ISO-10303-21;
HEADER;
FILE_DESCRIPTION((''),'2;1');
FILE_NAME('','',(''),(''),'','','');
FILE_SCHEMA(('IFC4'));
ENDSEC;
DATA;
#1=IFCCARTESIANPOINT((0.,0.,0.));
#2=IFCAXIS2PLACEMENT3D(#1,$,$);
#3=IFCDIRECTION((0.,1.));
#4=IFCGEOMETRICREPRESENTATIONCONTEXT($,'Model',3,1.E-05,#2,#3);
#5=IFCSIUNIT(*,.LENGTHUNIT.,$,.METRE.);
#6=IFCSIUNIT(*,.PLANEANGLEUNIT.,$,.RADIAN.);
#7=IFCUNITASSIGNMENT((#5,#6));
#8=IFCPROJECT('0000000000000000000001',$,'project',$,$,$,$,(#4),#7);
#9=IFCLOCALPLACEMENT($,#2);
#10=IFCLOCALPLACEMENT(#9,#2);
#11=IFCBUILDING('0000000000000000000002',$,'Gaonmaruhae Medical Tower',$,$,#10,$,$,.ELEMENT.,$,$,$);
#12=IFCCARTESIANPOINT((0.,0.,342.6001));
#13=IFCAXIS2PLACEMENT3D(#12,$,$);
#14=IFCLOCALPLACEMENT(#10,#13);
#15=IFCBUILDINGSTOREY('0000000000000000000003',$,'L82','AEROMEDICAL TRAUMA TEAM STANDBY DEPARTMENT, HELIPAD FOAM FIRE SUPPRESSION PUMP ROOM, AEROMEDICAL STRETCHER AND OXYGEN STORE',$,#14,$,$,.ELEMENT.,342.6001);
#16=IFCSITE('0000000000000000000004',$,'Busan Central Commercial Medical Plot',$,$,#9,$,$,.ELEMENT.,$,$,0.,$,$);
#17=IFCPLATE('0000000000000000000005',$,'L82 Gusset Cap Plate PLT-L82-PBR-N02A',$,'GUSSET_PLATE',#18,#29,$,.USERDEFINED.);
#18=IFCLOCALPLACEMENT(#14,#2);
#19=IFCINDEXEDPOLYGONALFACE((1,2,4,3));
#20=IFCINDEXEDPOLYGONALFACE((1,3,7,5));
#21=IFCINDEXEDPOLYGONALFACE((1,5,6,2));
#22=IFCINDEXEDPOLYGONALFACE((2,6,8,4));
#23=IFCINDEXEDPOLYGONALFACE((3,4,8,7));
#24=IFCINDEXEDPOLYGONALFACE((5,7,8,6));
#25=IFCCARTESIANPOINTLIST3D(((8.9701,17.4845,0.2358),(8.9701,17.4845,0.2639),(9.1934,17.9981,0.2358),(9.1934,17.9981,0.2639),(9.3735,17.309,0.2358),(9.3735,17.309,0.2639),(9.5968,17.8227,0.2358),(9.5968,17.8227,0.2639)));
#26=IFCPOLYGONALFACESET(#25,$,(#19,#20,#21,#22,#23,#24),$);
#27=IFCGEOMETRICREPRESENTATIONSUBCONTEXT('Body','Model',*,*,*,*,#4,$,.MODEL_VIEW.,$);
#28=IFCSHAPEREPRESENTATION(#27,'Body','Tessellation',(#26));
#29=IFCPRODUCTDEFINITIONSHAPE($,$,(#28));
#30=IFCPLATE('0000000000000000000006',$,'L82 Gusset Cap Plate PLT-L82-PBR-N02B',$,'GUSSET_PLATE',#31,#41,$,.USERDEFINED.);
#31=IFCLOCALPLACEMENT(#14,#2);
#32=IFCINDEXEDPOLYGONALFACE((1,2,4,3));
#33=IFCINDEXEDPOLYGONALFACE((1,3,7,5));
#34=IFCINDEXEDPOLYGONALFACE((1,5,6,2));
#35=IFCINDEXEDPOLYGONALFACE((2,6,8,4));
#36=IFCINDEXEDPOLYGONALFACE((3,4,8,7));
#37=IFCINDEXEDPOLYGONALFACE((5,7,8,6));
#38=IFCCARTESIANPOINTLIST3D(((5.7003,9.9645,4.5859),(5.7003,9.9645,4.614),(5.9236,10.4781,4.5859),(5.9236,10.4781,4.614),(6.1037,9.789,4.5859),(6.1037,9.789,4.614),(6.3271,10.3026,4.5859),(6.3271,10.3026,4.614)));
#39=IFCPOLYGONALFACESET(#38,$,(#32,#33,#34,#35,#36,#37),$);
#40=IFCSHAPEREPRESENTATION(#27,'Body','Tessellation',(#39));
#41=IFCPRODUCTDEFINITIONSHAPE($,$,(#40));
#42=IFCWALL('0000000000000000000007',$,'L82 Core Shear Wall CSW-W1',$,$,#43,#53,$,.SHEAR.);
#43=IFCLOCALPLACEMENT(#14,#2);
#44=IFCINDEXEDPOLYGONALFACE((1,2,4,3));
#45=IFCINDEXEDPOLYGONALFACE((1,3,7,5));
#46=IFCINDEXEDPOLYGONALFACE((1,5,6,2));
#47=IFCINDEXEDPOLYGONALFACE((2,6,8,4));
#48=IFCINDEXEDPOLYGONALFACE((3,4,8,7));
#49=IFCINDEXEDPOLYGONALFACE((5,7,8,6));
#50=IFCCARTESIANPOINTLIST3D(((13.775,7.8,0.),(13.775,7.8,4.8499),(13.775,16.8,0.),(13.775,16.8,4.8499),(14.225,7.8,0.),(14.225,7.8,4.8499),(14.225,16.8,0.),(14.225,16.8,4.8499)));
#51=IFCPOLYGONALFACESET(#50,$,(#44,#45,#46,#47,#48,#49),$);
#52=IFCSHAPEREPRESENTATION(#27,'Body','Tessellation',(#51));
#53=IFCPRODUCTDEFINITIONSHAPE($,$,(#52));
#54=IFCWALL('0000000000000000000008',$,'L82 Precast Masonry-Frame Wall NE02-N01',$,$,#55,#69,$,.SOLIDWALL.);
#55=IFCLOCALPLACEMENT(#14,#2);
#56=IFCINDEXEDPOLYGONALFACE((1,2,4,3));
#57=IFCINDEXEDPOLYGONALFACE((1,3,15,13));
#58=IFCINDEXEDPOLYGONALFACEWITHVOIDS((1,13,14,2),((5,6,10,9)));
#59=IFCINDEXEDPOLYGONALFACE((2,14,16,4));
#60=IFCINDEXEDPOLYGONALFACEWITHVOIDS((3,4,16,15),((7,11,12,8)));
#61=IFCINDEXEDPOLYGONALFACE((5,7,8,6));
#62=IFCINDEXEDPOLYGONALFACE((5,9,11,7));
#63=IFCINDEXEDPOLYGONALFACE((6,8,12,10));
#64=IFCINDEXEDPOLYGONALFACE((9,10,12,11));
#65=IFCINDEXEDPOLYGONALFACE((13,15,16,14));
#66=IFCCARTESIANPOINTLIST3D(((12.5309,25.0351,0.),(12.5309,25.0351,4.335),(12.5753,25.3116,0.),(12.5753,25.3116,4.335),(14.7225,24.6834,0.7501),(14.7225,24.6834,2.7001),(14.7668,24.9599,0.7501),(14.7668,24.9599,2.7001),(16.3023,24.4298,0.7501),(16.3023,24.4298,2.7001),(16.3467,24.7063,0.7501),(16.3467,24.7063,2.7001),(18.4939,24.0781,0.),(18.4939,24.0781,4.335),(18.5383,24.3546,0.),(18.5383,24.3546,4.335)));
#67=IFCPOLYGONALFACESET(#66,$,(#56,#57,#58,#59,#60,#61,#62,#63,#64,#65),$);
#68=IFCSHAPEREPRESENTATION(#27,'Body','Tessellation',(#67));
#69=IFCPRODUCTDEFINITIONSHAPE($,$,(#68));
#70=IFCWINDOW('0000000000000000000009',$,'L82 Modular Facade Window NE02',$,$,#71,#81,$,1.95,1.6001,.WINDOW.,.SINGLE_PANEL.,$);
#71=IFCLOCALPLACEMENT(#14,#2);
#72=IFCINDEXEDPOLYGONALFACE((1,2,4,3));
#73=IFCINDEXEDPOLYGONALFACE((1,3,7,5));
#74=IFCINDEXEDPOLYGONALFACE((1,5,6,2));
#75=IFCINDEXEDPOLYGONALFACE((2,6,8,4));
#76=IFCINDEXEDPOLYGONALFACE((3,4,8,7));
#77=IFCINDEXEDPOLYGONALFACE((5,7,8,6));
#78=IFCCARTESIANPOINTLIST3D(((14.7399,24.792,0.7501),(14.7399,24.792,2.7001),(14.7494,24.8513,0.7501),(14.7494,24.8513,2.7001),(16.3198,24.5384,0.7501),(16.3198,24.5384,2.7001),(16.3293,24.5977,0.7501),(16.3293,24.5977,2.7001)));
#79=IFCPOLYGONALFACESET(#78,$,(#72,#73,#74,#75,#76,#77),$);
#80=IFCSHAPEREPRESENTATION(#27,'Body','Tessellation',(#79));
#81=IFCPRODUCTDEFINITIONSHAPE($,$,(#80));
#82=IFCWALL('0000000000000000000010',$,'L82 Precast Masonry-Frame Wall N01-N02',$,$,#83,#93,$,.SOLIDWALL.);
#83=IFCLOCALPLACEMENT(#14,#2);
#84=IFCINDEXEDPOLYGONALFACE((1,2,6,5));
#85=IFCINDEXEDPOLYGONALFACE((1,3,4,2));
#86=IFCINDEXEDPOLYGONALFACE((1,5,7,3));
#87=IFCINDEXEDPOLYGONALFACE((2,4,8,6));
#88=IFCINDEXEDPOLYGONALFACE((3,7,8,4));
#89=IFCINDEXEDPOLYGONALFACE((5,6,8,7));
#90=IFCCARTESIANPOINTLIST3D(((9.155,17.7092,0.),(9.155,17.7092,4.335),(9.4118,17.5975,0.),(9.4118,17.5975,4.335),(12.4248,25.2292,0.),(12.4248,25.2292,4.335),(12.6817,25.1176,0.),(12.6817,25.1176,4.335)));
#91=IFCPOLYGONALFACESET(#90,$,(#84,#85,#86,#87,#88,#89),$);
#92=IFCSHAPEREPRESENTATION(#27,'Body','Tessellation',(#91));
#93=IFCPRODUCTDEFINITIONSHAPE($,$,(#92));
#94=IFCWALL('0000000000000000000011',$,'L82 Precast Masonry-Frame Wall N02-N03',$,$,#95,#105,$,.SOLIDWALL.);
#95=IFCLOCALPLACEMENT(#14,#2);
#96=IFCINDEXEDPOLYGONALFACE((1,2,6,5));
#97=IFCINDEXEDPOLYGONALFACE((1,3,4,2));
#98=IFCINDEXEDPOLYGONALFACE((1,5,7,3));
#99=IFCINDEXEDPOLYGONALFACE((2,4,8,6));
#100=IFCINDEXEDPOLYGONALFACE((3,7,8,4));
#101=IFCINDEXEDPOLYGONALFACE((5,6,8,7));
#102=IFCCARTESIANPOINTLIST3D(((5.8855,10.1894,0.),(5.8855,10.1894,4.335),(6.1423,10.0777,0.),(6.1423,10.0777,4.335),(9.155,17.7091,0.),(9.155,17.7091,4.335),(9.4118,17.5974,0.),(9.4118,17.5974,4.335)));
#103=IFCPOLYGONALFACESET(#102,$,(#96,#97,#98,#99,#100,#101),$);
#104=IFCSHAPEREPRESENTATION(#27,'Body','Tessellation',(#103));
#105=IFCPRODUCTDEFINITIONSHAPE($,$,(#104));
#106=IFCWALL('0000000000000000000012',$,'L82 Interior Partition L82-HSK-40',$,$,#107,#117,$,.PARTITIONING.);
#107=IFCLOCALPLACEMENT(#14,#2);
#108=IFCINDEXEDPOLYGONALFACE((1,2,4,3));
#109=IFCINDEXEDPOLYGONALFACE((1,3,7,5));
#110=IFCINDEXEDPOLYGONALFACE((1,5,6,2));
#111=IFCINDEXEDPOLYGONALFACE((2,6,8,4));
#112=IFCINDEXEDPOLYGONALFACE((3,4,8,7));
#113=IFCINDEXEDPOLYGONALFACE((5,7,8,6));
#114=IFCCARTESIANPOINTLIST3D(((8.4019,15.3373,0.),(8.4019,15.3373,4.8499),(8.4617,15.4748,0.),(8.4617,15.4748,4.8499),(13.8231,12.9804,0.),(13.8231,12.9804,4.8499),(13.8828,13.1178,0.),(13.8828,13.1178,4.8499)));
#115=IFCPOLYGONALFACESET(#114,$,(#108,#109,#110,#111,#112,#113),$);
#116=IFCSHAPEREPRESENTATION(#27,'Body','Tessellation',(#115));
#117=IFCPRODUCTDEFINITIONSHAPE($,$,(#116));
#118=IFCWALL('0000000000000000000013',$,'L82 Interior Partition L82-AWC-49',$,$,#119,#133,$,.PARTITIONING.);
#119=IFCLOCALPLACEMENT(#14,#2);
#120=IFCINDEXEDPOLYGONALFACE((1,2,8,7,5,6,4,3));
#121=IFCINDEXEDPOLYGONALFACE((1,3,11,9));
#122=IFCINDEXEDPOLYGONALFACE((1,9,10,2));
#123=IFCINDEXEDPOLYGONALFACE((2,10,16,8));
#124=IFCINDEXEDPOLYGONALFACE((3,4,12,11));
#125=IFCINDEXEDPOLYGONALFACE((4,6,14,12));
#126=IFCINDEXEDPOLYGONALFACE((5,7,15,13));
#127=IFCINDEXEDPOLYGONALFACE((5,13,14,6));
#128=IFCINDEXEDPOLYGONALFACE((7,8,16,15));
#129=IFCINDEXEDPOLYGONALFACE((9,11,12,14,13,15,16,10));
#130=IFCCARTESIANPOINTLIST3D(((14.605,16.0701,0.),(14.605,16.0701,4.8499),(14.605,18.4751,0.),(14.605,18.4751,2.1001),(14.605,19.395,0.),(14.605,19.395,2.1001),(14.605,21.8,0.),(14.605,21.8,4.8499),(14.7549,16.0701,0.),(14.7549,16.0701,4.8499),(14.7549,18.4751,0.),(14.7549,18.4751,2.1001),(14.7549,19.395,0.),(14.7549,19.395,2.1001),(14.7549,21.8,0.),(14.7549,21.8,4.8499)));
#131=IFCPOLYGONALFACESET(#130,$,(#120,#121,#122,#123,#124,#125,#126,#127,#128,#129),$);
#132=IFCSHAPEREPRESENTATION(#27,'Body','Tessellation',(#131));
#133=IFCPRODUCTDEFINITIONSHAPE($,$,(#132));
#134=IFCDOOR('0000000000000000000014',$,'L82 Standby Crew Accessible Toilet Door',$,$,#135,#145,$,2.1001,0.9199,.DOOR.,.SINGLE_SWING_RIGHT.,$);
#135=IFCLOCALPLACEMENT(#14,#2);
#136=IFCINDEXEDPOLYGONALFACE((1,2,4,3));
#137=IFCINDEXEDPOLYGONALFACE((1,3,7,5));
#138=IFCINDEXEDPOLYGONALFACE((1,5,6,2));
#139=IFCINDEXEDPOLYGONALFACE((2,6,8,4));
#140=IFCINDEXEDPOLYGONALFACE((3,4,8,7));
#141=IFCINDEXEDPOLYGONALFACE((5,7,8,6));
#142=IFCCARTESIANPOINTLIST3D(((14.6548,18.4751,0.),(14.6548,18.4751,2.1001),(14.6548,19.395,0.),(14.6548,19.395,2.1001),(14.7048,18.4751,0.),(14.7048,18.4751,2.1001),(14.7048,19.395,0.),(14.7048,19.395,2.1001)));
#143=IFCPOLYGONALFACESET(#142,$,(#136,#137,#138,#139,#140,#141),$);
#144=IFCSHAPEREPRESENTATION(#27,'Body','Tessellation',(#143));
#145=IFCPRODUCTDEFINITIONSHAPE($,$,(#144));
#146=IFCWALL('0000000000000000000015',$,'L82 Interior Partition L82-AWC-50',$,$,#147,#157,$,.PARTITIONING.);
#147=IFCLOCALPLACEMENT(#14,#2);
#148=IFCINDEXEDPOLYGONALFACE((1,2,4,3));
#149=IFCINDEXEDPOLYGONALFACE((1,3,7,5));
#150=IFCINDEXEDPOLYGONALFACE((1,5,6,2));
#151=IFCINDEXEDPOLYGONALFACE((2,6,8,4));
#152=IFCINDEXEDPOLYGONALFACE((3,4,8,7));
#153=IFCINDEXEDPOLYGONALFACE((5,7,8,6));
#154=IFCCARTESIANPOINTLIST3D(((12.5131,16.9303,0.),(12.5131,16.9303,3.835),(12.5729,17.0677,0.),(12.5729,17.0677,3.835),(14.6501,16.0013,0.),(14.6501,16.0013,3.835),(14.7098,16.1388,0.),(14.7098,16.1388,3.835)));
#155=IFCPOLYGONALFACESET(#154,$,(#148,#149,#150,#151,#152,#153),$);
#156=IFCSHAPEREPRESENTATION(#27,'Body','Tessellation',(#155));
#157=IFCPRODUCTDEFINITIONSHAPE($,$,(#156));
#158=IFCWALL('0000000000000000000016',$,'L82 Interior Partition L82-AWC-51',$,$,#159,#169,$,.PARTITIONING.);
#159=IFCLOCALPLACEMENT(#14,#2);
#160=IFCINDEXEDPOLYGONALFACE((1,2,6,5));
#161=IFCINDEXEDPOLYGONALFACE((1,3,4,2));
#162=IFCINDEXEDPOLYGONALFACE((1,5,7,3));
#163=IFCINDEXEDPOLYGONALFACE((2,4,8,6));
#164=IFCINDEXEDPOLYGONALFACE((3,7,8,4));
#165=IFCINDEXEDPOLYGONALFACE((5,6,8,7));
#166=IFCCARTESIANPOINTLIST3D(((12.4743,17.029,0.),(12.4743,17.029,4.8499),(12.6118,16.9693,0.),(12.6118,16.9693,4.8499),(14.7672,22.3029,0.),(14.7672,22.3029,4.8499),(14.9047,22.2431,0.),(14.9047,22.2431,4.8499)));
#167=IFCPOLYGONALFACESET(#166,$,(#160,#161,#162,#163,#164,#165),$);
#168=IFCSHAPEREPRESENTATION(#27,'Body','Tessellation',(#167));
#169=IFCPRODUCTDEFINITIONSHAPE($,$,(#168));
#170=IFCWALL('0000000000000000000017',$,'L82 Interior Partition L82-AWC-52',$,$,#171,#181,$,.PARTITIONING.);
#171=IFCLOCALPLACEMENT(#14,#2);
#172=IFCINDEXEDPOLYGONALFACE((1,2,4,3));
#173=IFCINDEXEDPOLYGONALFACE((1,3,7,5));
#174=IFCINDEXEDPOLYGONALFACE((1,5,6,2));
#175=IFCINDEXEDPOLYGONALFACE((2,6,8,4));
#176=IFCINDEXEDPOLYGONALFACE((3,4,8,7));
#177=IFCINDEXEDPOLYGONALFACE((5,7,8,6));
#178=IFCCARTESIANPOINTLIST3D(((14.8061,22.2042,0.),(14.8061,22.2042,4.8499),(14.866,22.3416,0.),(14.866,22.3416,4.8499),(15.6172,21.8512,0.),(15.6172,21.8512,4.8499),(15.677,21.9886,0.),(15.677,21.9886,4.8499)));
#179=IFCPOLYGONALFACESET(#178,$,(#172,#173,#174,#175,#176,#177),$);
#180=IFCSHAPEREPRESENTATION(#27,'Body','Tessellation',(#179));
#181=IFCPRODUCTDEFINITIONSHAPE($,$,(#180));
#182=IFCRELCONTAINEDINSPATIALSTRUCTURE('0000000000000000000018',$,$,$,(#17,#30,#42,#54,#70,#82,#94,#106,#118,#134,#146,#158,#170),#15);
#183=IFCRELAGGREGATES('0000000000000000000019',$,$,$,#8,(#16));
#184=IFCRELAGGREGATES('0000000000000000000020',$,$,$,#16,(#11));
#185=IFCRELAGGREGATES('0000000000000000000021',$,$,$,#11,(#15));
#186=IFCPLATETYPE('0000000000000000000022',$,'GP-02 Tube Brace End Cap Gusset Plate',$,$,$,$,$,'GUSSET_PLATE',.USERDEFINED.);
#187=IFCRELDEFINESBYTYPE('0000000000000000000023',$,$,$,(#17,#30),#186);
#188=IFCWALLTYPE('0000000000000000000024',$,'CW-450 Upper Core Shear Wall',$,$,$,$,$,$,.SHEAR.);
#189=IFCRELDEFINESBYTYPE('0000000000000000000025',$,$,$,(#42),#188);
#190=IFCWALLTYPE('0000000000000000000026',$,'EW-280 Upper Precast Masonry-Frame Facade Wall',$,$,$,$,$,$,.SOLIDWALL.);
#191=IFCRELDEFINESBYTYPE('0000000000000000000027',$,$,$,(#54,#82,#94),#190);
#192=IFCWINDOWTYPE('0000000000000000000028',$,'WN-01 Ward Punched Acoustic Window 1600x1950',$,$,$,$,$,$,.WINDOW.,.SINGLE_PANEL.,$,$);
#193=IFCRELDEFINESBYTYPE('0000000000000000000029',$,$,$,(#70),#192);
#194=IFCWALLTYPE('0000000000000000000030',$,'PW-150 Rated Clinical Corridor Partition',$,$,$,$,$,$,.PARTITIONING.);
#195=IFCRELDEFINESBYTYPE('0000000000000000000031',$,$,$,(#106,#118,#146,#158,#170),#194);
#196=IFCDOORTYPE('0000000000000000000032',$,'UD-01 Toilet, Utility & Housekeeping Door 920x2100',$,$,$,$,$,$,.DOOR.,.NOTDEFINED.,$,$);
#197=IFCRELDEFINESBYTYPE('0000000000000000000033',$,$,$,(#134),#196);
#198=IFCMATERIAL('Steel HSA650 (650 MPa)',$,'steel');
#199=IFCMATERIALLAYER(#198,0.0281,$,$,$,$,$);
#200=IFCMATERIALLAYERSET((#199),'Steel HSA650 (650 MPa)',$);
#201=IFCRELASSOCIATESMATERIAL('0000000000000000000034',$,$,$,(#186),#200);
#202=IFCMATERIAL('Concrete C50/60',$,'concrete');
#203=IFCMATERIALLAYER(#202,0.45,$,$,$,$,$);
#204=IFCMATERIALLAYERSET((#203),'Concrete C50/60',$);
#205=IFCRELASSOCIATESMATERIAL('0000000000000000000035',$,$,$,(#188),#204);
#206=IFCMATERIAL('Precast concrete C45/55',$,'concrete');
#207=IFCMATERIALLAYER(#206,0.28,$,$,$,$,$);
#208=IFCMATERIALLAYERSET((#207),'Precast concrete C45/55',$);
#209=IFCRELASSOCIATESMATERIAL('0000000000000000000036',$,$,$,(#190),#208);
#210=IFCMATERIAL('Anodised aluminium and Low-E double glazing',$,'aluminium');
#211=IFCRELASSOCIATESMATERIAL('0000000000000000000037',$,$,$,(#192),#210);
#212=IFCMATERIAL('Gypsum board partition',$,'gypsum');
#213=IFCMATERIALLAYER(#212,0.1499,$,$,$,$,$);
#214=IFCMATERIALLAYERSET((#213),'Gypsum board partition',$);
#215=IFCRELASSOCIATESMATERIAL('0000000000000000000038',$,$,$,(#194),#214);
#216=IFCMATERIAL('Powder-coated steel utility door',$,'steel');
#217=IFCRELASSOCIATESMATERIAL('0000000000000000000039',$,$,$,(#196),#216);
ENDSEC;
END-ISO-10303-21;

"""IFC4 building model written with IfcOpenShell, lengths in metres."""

from ifc_helpers import new_model, si_unit, direction, frame, frame_2d, origin, origin_2d, place, context, subcontext, project, spatial, rectangle, extrude, material, layer, layer_set, type_object, element, fill, save


model = new_model("IFC4")

# Units and contexts
model_context = context("Model", 3, precision=1e-05, world=origin(), true_north=direction((0.0, 1.0)))
body_context = subcontext(model_context, "Body", "Model", "MODEL_VIEW")
ifc_project = project(units=[si_unit("LENGTHUNIT", "METRE"), si_unit("PLANEANGLEUNIT", "RADIAN")], contexts=[model_context])

# Site, building, storey
site_placement = place(None, origin())
site = spatial("IfcSite", under=ifc_project, at=site_placement, Name="Busan Central Commercial Medical Plot", CompositionType="ELEMENT", RefElevation=0.0)
building_placement = place(site_placement, origin())
building = spatial("IfcBuilding", under=site, at=building_placement, Name="Gaonmaruhae Medical Tower", CompositionType="ELEMENT")
storey_placement = place(building_placement, frame((0.0, 0.0, 342.6001)))
storey = spatial("IfcBuildingStorey", under=building, at=storey_placement, Name="L82", Description="AEROMEDICAL TRAUMA TEAM STANDBY DEPARTMENT, HELIPAD FOAM FIRE SUPPRESSION PUMP ROOM, AEROMEDICAL STRETCHER AND OXYGEN STORE", CompositionType="ELEMENT", Elevation=342.6001)

# Shared definitions
ifc_material_1 = material(Name="Concrete C50/60", Category="concrete")

# Plates
ifc_material_2 = material(Name="Steel HSA650 (650 MPa)", Category="steel")
ifc_layer_1 = layer(ifc_material_2, 0.0281)
ifc_layer_set_1 = layer_set([ifc_layer_1], Name="Steel HSA650 (650 MPa)")
plate_type = type_object("IfcPlateType", Name="GP-02 Tube Brace End Cap Gusset Plate", ElementType="GUSSET_PLATE", PredefinedType="USERDEFINED", material=ifc_layer_set_1)
for number, where, z_axis, x_axis, name in (
    (1, (9.2834, 17.6536, 0.2358), (0.0, 0.0, 1.0), (0.398749, 0.91706, 0.0), "L82 Gusset Cap Plate PLT-L82-PBR-N02A"),
    (2, (6.0137, 10.1335, 4.5859), (0.0, 0.0, 1.0), (0.398749, 0.91706, 0.0), "L82 Gusset Cap Plate PLT-L82-PBR-N02B"),
):
    element("IfcPlate", number, at=place(storey_placement, frame(where, z_axis=z_axis, x_axis=x_axis)), inside=storey, type_object=plate_type, Name=name, ObjectType="GUSSET_PLATE", PredefinedType="USERDEFINED", context=body_context, shape_type="SweptSolid", body=[
        extrude(rectangle(XDim=0.5601, YDim=0.4399, at=origin_2d()), origin(), (0.0, 0.0, 1.0), 0.0281),
    ])

# Wall
ifc_layer_2 = layer(ifc_material_1, 0.45)
ifc_layer_set_2 = layer_set([ifc_layer_2], Name="Concrete C50/60")
wall_type_1 = type_object("IfcWallType", Name="CW-450 Upper Core Shear Wall", PredefinedType="SHEAR", material=ifc_layer_set_2)
wall_1_placement = place(storey_placement, frame((14.0, 16.8, 0.0), z_axis=(0.0, 0.0, 1.0), x_axis=(0.0, -1.0, 0.0)))
element("IfcWall", 3, at=wall_1_placement, inside=storey, type_object=wall_type_1, Name="L82 Core Shear Wall CSW-W1", PredefinedType="SHEAR", context=body_context, shape_type="SweptSolid", body=[
    extrude(rectangle(XDim=9.0, YDim=0.45, at=frame_2d((4.5, 0.0))), origin(), (0.0, 0.0, 1.0), 4.8499),
])

# Wall, opening, window
ifc_material_3 = material(Name="Precast concrete C45/55", Category="concrete")
ifc_layer_3 = layer(ifc_material_3, 0.28)
ifc_layer_set_3 = layer_set([ifc_layer_3], Name="Precast concrete C45/55")
wall_type_2 = type_object("IfcWallType", Name="EW-280 Upper Precast Masonry-Frame Facade Wall", PredefinedType="SOLIDWALL", material=ifc_layer_set_3)
wall_2_placement = place(storey_placement, frame((12.5532, 25.1733, 0.0), z_axis=(0.0, 0.0, 1.0), x_axis=(0.987364, -0.15847, 0.0)))
wall_2 = element("IfcWall", 4, at=wall_2_placement, inside=storey, type_object=wall_type_2, Name="L82 Precast Masonry-Frame Wall NE02-N01", PredefinedType="SOLIDWALL", context=body_context, shape_type="SweptSolid", body=[
    extrude(rectangle(XDim=6.0393, YDim=0.28, at=frame_2d((3.0195, 0.0))), origin(), (0.0, 0.0, 1.0), 4.335),
])
opening_1_placement = place(wall_2_placement, frame((2.2195, 0.0, 0.75)))
opening_1 = element("IfcOpeningElement", 5, at=opening_1_placement, cuts=wall_2, PredefinedType="OPENING", context=body_context, shape_type="SweptSolid", body=[
    extrude(rectangle(XDim=1.6001, YDim=1.95, at=frame_2d((0.8, 0.9751))), frame((0.0, 0.1499, 0.0), z_axis=(0.0, -1.0, 0.0), x_axis=(1.0, 0.0, 0.0)), (0.0, 0.0, 1.0), 0.3),
])
ifc_material_4 = material(Name="Anodised aluminium and Low-E double glazing", Category="aluminium")
window_type = type_object("IfcWindowType", Name="WN-01 Ward Punched Acoustic Window 1600x1950", PartitioningType="SINGLE_PANEL", PredefinedType="WINDOW", material=ifc_material_4)
window_placement = place(opening_1_placement, origin())
window = element("IfcWindow", 6, at=window_placement, inside=storey, type_object=window_type, Name="L82 Modular Facade Window NE02", OverallHeight=1.95, OverallWidth=1.6001, PartitioningType="SINGLE_PANEL", PredefinedType="WINDOW", context=body_context, shape_type="SweptSolid", body=[
    extrude(rectangle(XDim=1.6001, YDim=1.95, at=frame_2d((0.8, 0.9751))), frame((0.0, 0.03, 0.0), z_axis=(0.0, -1.0, 0.0), x_axis=(1.0, 0.0, 0.0)), (0.0, 0.0, 1.0), 0.0601),
])
fill(opening_1, window)

# Walls
wall_3_placement = place(storey_placement, frame((9.2834, 17.6533, 0.0), z_axis=(0.0, 0.0, 1.0), x_axis=(0.398747, 0.917061, 0.0)))
element("IfcWall", 7, at=wall_3_placement, inside=storey, type_object=wall_type_2, Name="L82 Precast Masonry-Frame Wall N01-N02", PredefinedType="SOLIDWALL", context=body_context, shape_type="SweptSolid", body=[
    extrude(rectangle(XDim=8.2002, YDim=0.28, at=frame_2d((4.1001, 0.0))), origin(), (0.0, 0.0, 1.0), 4.335),
])
wall_4_placement = place(storey_placement, frame((6.0139, 10.1335, 0.0), z_axis=(0.0, 0.0, 1.0), x_axis=(0.398733, 0.917067, 0.0)))
element("IfcWall", 8, at=wall_4_placement, inside=storey, type_object=wall_type_2, Name="L82 Precast Masonry-Frame Wall N02-N03", PredefinedType="SOLIDWALL", context=body_context, shape_type="SweptSolid", body=[
    extrude(rectangle(XDim=8.1997, YDim=0.28, at=frame_2d((4.0999, 0.0))), origin(), (0.0, 0.0, 1.0), 4.335),
])
ifc_material_5 = material(Name="Gypsum board partition", Category="gypsum")
ifc_layer_4 = layer(ifc_material_5, 0.1499)
ifc_layer_set_4 = layer_set([ifc_layer_4], Name="Gypsum board partition")
wall_type_3 = type_object("IfcWallType", Name="PW-150 Rated Clinical Corridor Partition", PredefinedType="PARTITIONING", material=ifc_layer_set_4)
wall_5_placement = place(storey_placement, frame((8.4319, 15.406, 0.0), z_axis=(0.0, 0.0, 1.0), x_axis=(0.917075, -0.398714, 0.0)))
element("IfcWall", 9, at=wall_5_placement, inside=storey, type_object=wall_type_3, Name="L82 Interior Partition L82-HSK-40", PredefinedType="PARTITIONING", context=body_context, shape_type="SweptSolid", body=[
    extrude(rectangle(XDim=5.9114, YDim=0.1499, at=frame_2d((2.9556, 0.0))), origin(), (0.0, 0.0, 1.0), 4.8499),
])

# Wall, opening, door
wall_6_placement = place(storey_placement, frame((14.6799, 21.8, 0.0), z_axis=(0.0, 0.0, 1.0), x_axis=(0.0, -1.0, 0.0)))
wall_6 = element("IfcWall", 10, at=wall_6_placement, inside=storey, type_object=wall_type_3, Name="L82 Interior Partition L82-AWC-49", PredefinedType="PARTITIONING", context=body_context, shape_type="SweptSolid", body=[
    extrude(rectangle(XDim=5.73, YDim=0.1499, at=frame_2d((2.865, 0.0))), origin(), (0.0, 0.0, 1.0), 4.8499),
])
opening_2_placement = place(wall_6_placement, frame((2.405, 0.0, 0.0)))
opening_2 = element("IfcOpeningElement", 11, at=opening_2_placement, cuts=wall_6, PredefinedType="OPENING", context=body_context, shape_type="SweptSolid", body=[
    extrude(rectangle(XDim=0.9199, YDim=2.1001, at=frame_2d((0.46, 1.05))), frame((0.0, 0.085, 0.0), z_axis=(0.0, -1.0, 0.0), x_axis=(1.0, 0.0, 0.0)), (0.0, 0.0, 1.0), 0.1699),
])
ifc_material_6 = material(Name="Powder-coated steel utility door", Category="steel")
door_type_1 = type_object("IfcDoorType", Name="UD-01 Toilet, Utility & Housekeeping Door 920x2100", OperationType="NOTDEFINED", PredefinedType="DOOR", material=ifc_material_6)
door_1_placement = place(opening_2_placement, origin())
door_1 = element("IfcDoor", 12, at=door_1_placement, inside=storey, type_object=door_type_1, Name="L82 Standby Crew Accessible Toilet Door", OperationType="SINGLE_SWING_RIGHT", OverallHeight=2.1001, OverallWidth=0.9199, PredefinedType="DOOR", context=body_context, shape_type="SweptSolid", body=[
    extrude(rectangle(XDim=0.9199, YDim=2.1001, at=frame_2d((0.46, 1.05))), frame((0.0, 0.0249, 0.0), z_axis=(0.0, -1.0, 0.0), x_axis=(1.0, 0.0, 0.0)), (0.0, 0.0, 1.0), 0.05),
])
fill(opening_2, door_1)

# Walls
wall_7_placement = place(storey_placement, frame((14.6799, 16.0701, 0.0), z_axis=(0.0, 0.0, 1.0), x_axis=(-0.917095, 0.398669, 0.0)))
element("IfcWall", 13, at=wall_7_placement, inside=storey, type_object=wall_type_3, Name="L82 Interior Partition L82-AWC-50", PredefinedType="PARTITIONING", context=body_context, shape_type="SweptSolid", body=[
    extrude(rectangle(XDim=2.3301, YDim=0.1499, at=frame_2d((1.165, 0.0))), origin(), (0.0, 0.0, 1.0), 3.835),
])
wall_8_placement = place(storey_placement, frame((12.543, 16.999, 0.0), z_axis=(0.0, 0.0, 1.0), x_axis=(0.39872, 0.917073, 0.0)))
element("IfcWall", 14, at=wall_8_placement, inside=storey, type_object=wall_type_3, Name="L82 Interior Partition L82-AWC-51", PredefinedType="PARTITIONING", context=body_context, shape_type="SweptSolid", body=[
    extrude(rectangle(XDim=5.7507, YDim=0.1499, at=frame_2d((2.8755, 0.0))), origin(), (0.0, 0.0, 1.0), 4.8499),
])
wall_9_placement = place(storey_placement, frame((14.8359, 22.2729, 0.0), z_axis=(0.0, 0.0, 1.0), x_axis=(0.916903, -0.39911, 0.0)))
element("IfcWall", 15, at=wall_9_placement, inside=storey, type_object=wall_type_3, Name="L82 Interior Partition L82-AWC-52", PredefinedType="PARTITIONING", context=body_context, shape_type="SweptSolid", body=[
    extrude(rectangle(XDim=0.8845, YDim=0.1499, at=frame_2d((0.4424, 0.0))), origin(), (0.0, 0.0, 1.0), 4.8499),
])

save(model, "model.ifc")
